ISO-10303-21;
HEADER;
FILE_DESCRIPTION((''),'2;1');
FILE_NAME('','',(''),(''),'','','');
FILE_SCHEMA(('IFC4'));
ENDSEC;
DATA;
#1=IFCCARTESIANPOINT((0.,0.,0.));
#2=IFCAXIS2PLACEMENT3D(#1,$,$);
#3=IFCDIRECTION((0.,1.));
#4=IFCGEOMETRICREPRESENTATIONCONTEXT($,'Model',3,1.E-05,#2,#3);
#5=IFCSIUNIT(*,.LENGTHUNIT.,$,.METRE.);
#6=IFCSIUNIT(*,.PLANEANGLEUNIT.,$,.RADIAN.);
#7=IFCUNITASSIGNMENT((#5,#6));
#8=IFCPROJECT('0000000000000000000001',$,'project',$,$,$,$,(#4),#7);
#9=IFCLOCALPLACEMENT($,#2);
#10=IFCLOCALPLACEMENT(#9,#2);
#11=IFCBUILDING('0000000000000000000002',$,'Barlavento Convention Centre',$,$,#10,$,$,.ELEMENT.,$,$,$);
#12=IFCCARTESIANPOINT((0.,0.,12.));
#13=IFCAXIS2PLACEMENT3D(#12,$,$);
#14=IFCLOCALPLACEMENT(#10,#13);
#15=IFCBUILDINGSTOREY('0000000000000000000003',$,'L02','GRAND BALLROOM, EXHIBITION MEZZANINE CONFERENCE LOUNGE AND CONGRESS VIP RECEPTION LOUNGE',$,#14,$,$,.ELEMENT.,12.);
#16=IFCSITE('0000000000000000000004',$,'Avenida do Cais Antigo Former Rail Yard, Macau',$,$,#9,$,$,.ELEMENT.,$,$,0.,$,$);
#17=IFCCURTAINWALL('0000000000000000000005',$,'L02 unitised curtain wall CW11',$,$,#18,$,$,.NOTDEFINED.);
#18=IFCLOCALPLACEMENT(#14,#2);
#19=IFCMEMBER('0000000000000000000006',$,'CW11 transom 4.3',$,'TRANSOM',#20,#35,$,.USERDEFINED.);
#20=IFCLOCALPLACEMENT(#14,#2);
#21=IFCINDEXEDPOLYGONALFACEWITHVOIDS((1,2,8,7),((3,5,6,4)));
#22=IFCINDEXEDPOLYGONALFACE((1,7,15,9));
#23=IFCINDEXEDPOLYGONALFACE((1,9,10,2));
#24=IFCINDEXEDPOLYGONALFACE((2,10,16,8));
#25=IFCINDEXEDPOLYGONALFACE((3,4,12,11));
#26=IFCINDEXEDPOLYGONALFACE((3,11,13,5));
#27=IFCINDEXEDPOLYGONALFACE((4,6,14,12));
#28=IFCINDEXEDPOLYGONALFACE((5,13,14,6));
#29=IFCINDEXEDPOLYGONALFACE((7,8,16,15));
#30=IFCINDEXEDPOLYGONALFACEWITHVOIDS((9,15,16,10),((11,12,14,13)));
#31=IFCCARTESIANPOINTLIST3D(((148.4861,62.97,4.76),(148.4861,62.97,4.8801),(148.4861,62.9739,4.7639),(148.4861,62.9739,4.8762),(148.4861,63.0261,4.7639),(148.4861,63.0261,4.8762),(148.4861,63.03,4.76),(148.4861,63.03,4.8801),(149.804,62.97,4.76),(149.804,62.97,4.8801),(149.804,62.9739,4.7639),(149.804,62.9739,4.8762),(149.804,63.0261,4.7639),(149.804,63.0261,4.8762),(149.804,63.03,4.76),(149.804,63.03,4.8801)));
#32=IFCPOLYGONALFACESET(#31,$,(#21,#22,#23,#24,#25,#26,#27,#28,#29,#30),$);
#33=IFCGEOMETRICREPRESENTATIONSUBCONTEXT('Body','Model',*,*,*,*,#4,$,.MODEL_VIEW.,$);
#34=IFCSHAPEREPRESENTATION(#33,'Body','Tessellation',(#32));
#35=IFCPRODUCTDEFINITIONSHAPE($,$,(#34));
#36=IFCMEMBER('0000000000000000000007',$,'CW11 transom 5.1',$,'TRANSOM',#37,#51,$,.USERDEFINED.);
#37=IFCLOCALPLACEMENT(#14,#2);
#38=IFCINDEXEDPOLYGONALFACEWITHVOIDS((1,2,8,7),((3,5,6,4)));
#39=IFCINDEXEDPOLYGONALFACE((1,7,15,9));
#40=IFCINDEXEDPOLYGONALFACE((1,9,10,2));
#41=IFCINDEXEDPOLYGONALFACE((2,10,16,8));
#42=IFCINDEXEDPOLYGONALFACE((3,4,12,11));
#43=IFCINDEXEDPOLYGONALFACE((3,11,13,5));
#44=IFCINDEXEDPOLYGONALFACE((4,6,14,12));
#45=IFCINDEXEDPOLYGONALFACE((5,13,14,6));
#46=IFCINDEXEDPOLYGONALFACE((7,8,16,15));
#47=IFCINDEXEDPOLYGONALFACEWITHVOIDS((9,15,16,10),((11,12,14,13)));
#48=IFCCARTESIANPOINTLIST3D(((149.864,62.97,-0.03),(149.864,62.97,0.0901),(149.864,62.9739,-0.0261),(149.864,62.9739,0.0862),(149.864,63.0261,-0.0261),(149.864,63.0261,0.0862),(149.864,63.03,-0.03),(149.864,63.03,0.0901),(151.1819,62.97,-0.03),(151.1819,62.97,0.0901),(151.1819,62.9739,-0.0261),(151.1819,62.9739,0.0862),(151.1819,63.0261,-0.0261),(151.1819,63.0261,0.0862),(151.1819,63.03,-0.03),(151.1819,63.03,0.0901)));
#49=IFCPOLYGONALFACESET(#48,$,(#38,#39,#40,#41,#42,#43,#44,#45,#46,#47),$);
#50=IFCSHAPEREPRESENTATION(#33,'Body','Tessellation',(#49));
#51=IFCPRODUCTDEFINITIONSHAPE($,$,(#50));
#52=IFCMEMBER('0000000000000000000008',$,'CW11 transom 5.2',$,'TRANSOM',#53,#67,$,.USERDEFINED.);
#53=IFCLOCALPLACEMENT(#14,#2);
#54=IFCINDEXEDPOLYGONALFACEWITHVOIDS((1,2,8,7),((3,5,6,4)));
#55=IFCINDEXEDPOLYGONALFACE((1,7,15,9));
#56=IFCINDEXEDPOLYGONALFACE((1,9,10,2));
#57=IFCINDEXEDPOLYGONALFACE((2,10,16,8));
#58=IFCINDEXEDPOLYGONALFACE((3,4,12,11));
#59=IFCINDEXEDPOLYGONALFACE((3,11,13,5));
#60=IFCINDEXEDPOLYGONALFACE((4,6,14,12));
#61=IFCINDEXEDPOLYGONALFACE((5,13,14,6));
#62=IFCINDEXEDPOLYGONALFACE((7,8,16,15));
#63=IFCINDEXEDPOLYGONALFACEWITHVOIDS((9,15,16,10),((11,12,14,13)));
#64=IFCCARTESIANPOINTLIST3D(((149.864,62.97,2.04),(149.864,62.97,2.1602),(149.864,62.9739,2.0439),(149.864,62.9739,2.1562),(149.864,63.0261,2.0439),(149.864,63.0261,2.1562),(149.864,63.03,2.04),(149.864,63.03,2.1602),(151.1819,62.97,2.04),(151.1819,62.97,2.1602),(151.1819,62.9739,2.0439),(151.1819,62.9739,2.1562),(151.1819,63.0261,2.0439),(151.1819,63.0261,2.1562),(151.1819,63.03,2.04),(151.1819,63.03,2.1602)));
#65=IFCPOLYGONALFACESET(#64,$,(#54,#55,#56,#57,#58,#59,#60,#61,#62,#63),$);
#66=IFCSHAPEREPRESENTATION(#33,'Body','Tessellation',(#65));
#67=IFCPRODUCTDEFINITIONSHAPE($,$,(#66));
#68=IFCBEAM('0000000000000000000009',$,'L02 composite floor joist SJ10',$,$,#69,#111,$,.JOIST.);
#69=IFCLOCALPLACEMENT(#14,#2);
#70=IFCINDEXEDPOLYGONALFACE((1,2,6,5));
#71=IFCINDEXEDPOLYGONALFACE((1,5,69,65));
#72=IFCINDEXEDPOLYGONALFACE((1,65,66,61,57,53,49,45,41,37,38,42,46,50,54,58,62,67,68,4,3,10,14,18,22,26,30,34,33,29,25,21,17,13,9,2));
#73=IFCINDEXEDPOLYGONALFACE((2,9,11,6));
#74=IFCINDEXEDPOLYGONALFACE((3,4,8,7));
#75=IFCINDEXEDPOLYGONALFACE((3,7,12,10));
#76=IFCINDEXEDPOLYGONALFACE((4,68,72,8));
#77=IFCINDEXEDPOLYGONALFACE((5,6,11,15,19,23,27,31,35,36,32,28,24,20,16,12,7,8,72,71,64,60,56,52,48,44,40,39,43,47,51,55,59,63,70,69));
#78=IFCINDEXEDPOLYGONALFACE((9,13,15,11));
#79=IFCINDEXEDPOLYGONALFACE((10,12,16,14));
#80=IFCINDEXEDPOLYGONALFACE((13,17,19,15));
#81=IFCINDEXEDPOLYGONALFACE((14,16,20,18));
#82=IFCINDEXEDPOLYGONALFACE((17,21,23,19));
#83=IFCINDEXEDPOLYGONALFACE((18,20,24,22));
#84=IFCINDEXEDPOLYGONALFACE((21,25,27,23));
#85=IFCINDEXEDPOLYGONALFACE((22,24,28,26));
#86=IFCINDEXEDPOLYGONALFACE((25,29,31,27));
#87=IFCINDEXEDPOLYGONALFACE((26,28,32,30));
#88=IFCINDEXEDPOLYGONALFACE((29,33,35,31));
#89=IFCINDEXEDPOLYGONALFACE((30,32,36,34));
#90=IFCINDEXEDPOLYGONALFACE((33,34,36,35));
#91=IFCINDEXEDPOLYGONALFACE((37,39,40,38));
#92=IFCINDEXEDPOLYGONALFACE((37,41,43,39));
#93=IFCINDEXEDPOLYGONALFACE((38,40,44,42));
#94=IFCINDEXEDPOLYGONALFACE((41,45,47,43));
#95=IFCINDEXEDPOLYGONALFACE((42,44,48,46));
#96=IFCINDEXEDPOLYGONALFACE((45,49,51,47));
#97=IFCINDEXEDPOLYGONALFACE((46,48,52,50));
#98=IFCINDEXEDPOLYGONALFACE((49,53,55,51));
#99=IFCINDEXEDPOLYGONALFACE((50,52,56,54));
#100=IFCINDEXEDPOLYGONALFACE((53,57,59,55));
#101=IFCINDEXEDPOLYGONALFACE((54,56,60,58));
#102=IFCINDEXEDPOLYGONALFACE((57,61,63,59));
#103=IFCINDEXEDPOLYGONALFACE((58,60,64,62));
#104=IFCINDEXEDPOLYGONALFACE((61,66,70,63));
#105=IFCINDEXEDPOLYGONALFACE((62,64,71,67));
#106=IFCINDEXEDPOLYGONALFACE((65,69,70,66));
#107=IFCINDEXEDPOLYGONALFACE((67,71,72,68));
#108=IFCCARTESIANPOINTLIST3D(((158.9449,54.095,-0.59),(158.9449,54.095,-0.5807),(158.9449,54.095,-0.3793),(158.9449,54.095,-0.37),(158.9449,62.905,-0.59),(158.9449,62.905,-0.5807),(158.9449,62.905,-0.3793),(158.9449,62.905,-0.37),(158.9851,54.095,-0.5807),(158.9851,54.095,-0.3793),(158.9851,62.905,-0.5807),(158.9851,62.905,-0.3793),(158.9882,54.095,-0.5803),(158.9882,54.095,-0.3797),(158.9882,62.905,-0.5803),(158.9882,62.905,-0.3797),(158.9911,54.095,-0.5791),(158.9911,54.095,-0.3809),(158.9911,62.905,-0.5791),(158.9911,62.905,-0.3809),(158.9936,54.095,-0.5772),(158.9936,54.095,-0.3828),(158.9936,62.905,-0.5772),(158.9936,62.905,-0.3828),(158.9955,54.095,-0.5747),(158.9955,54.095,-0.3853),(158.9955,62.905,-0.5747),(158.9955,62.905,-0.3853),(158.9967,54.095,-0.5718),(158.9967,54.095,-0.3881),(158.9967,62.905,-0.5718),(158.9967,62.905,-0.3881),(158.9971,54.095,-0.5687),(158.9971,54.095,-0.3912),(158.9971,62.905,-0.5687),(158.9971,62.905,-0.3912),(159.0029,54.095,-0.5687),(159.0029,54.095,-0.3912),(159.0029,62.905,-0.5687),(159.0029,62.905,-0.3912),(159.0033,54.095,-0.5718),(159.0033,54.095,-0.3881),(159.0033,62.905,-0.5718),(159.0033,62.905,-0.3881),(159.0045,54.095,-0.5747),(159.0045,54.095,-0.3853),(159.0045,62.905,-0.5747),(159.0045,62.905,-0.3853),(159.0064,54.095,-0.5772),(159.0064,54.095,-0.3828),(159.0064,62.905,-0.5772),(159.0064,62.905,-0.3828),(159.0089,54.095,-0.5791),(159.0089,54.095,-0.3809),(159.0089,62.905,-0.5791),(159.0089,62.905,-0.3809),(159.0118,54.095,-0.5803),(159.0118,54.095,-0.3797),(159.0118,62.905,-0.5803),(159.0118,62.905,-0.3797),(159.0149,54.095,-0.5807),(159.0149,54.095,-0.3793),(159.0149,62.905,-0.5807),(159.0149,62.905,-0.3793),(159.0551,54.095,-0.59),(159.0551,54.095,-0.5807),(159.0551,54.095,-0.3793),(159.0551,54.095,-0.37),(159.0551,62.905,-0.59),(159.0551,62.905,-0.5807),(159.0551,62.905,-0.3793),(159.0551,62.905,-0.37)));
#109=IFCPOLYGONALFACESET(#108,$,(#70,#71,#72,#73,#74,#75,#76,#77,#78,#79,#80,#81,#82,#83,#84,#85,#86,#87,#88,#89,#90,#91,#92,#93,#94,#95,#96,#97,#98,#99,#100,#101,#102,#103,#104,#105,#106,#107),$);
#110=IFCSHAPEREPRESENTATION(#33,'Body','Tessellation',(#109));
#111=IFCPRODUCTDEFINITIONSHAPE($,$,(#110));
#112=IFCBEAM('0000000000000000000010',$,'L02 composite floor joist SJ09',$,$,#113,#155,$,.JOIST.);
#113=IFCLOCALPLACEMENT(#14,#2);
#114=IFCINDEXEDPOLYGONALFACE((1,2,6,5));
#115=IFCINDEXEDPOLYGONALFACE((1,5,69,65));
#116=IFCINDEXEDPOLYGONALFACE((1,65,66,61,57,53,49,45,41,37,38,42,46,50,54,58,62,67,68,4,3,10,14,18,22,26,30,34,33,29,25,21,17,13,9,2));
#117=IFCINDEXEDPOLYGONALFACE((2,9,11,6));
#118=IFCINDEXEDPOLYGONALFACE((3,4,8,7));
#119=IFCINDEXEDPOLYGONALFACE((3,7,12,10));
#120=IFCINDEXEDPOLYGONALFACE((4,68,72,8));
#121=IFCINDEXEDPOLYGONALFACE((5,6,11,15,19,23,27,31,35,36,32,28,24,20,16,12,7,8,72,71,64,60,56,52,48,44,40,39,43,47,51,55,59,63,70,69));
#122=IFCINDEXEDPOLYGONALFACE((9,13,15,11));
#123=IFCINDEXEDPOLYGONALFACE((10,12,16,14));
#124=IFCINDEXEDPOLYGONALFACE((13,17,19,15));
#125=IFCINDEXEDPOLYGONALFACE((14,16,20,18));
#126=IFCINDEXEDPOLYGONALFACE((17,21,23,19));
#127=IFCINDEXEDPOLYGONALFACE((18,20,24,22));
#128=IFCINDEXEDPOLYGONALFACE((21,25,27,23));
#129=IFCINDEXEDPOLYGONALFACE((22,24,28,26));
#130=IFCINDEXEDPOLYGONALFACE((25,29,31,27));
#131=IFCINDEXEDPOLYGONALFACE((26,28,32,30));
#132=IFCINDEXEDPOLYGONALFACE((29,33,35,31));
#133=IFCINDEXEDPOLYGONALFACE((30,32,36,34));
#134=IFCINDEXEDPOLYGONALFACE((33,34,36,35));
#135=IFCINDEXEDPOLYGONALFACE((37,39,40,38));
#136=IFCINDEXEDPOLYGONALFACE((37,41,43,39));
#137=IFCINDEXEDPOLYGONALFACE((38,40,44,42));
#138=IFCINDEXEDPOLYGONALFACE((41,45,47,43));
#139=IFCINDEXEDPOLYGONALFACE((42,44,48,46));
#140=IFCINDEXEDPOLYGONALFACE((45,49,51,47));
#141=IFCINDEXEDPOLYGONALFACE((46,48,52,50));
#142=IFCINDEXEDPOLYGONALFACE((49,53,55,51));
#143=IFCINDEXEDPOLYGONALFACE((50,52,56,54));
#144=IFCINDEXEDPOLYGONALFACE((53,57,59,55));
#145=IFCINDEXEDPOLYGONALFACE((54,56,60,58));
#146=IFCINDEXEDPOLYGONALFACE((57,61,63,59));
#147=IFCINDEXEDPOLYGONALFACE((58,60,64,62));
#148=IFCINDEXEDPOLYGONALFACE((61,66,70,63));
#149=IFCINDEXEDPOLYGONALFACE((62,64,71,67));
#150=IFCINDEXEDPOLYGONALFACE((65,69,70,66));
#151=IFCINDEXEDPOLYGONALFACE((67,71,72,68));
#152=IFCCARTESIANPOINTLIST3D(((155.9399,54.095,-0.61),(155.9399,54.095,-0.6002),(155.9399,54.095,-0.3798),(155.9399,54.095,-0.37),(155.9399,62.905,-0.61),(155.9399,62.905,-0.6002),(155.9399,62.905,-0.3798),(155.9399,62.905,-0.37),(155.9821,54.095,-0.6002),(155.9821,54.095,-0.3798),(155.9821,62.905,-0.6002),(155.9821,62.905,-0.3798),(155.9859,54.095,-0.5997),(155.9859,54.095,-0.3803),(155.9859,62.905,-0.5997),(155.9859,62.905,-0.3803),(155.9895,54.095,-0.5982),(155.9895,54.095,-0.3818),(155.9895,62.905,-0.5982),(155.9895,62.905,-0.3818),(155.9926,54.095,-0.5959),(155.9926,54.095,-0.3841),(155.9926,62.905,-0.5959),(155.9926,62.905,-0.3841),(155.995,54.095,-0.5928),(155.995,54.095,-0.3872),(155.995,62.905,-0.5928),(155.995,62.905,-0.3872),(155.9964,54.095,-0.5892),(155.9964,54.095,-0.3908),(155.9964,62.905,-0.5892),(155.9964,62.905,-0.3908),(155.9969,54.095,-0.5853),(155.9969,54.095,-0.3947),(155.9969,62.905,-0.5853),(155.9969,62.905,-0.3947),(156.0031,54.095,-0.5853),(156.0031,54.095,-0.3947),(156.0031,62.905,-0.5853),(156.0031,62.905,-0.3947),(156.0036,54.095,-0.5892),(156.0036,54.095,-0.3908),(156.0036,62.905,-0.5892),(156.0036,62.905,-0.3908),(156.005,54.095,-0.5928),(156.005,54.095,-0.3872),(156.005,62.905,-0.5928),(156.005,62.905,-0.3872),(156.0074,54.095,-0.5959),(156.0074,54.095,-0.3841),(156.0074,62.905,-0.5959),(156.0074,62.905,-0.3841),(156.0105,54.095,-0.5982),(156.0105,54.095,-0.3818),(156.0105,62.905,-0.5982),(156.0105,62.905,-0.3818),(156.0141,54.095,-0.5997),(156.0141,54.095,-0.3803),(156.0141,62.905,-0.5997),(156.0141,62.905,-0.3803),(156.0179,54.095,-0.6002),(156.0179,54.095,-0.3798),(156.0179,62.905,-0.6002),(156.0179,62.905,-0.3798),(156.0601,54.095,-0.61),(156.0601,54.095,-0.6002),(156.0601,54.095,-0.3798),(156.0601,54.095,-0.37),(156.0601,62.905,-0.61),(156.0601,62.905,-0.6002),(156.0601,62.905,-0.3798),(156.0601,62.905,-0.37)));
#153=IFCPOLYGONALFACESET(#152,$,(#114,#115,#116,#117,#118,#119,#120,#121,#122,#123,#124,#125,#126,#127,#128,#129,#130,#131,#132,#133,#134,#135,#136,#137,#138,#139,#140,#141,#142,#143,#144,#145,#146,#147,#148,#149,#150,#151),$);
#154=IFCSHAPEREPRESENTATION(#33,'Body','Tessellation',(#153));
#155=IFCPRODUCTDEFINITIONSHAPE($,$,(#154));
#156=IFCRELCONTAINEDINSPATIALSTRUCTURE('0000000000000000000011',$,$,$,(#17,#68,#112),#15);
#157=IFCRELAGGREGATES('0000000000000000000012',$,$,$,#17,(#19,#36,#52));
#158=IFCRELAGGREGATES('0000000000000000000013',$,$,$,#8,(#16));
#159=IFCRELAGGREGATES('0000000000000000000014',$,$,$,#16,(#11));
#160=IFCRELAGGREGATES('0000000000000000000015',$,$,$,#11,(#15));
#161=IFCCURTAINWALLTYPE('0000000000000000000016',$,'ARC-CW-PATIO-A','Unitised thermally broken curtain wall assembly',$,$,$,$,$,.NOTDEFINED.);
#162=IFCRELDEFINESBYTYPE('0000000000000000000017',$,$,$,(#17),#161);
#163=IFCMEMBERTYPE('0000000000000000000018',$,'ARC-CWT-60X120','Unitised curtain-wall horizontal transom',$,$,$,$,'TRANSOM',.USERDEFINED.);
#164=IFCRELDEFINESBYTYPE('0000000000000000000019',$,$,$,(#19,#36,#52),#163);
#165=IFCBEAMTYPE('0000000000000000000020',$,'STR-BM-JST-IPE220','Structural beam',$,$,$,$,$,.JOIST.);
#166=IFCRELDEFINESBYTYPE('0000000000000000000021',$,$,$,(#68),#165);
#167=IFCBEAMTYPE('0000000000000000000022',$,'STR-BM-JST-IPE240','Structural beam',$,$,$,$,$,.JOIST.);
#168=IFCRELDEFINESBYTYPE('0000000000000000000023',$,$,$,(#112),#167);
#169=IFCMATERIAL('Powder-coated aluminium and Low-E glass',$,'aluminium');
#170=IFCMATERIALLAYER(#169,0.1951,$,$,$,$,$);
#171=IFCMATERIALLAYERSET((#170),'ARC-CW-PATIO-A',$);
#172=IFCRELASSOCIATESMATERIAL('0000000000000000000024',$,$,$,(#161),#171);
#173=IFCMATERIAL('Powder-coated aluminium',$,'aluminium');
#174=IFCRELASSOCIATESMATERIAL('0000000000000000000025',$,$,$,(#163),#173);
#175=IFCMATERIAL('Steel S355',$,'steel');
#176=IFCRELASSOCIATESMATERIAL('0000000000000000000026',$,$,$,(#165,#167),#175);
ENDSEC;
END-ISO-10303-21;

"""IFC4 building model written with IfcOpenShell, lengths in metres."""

from ifc_helpers import new_model, si_unit, direction, frame, origin, origin_2d, place, context, subcontext, project, spatial, hollow_rectangle, i_section, extrude, material, layer, layer_set, material_profile, profile_set, type_object, element, aggregate, save


model = new_model("IFC4")

# Units and contexts
model_context = context("Model", 3, precision=1e-05, world=origin(), true_north=direction((0.0, 1.0)))
body_context = subcontext(model_context, "Body", "Model", "MODEL_VIEW")
ifc_project = project(units=[si_unit("LENGTHUNIT", "METRE"), si_unit("PLANEANGLEUNIT", "RADIAN")], contexts=[model_context])

# Site, building, storey
site_placement = place(None, origin())
site = spatial("IfcSite", under=ifc_project, at=site_placement, Name="Avenida do Cais Antigo Former Rail Yard, Macau", CompositionType="ELEMENT", RefElevation=0.0)
building_placement = place(site_placement, origin())
building = spatial("IfcBuilding", under=site, at=building_placement, Name="Barlavento Convention Centre", CompositionType="ELEMENT")
storey_placement = place(building_placement, frame((0.0, 0.0, 12.0)))
storey = spatial("IfcBuildingStorey", under=building, at=storey_placement, Name="L02", Description="GRAND BALLROOM, EXHIBITION MEZZANINE CONFERENCE LOUNGE AND CONGRESS VIP RECEPTION LOUNGE", CompositionType="ELEMENT", Elevation=12.0)

# Shared definitions
ifc_material_1 = material(Name="Steel S355", Category="steel")

# Curtain wall, members
ifc_material_2 = material(Name="Powder-coated aluminium and Low-E glass", Category="aluminium")
ifc_layer_1 = layer(ifc_material_2, 0.1951)
ifc_layer_set_1 = layer_set([ifc_layer_1], Name="ARC-CW-PATIO-A")
curtain_wall_type = type_object("IfcCurtainWallType", Name="ARC-CW-PATIO-A", Description="Unitised thermally broken curtain wall assembly", PredefinedType="NOTDEFINED", material=ifc_layer_set_1)
curtain_wall_placement = place(storey_placement, origin())
curtain_wall = element("IfcCurtainWall", 1, at=curtain_wall_placement, inside=storey, type_object=curtain_wall_type, Name="L02 unitised curtain wall CW11", PredefinedType="NOTDEFINED")
ifc_material_3 = material(Name="Powder-coated aluminium", Category="aluminium")
ifc_material_profile_1 = material_profile(ifc_material_3, hollow_rectangle(XDim=0.0601, YDim=0.1201, WallThickness=0.0039, at=origin_2d()), Name="AL-TRAN 60x120x4")
ifc_profile_set_1 = profile_set([ifc_material_profile_1], Name="Powder-coated aluminium")
member_type_1 = type_object("IfcMemberType", Name="ARC-CWT-60X120", Description="Unitised curtain-wall horizontal transom", ElementType="TRANSOM", PredefinedType="USERDEFINED", material=ifc_profile_set_1)
member_1_placement = place(storey_placement, frame((148.4861, 63.0, 4.8201), z_axis=(1.0, 0.0, 0.0), x_axis=(0.0, 1.0, 0.0)))
member_1 = element("IfcMember", 2, at=member_1_placement, type_object=member_type_1, Name="CW11 transom 4.3", ObjectType="TRANSOM", PredefinedType="USERDEFINED", context=body_context, shape_type="SweptSolid", body=[
    extrude(hollow_rectangle(XDim=0.0601, YDim=0.1201, WallThickness=0.0039, at=origin_2d()), origin(), (0.0, 0.0, 1.0), 1.3179),
])
member_2_placement = place(storey_placement, frame((149.864, 63.0, 0.03), z_axis=(1.0, 0.0, 0.0), x_axis=(0.0, 1.0, 0.0)))
member_2 = element("IfcMember", 3, at=member_2_placement, type_object=member_type_1, Name="CW11 transom 5.1", ObjectType="TRANSOM", PredefinedType="USERDEFINED", context=body_context, shape_type="SweptSolid", body=[
    extrude(hollow_rectangle(XDim=0.0601, YDim=0.1201, WallThickness=0.0039, at=origin_2d()), origin(), (0.0, 0.0, 1.0), 1.3179),
])
member_3_placement = place(storey_placement, frame((149.864, 63.0, 2.1001), z_axis=(1.0, 0.0, 0.0), x_axis=(0.0, 1.0, 0.0)))
member_3 = element("IfcMember", 4, at=member_3_placement, type_object=member_type_1, Name="CW11 transom 5.2", ObjectType="TRANSOM", PredefinedType="USERDEFINED", context=body_context, shape_type="SweptSolid", body=[
    extrude(hollow_rectangle(XDim=0.0601, YDim=0.1201, WallThickness=0.0039, at=origin_2d()), origin(), (0.0, 0.0, 1.0), 1.3179),
])

# Beams
ifc_material_profile_2 = material_profile(ifc_material_1, i_section(OverallWidth=0.1101, OverallDepth=0.22, WebThickness=0.0059, FlangeThickness=0.0093, FilletRadius=0.012, at=origin_2d()), Name="IPE 220")
ifc_profile_set_2 = profile_set([ifc_material_profile_2], Name="Steel S355")
beam_type_1 = type_object("IfcBeamType", Name="STR-BM-JST-IPE220", Description="Structural beam", PredefinedType="JOIST", material=ifc_profile_set_2)
beam_1_placement = place(storey_placement, frame((159.0, 54.095, -0.48), z_axis=(0.0, 1.0, 0.0), x_axis=(-1.0, 0.0, 0.0)))
element("IfcBeam", 5, at=beam_1_placement, inside=storey, type_object=beam_type_1, Name="L02 composite floor joist SJ10", PredefinedType="JOIST", context=body_context, shape_type="SweptSolid", body=[
    extrude(i_section(OverallWidth=0.1101, OverallDepth=0.22, WebThickness=0.0059, FlangeThickness=0.0093, FilletRadius=0.012, at=origin_2d()), origin(), (0.0, 0.0, 1.0), 8.8101),
])
ifc_material_profile_3 = material_profile(ifc_material_1, i_section(OverallWidth=0.1201, OverallDepth=0.24, WebThickness=0.0061, FlangeThickness=0.0098, FilletRadius=0.0149, at=origin_2d()), Name="IPE 240")
ifc_profile_set_3 = profile_set([ifc_material_profile_3], Name="Steel S355")
beam_type_2 = type_object("IfcBeamType", Name="STR-BM-JST-IPE240", Description="Structural beam", PredefinedType="JOIST", material=ifc_profile_set_3)
beam_2_placement = place(storey_placement, frame((156.0, 54.095, -0.49), z_axis=(0.0, 1.0, 0.0), x_axis=(-1.0, 0.0, 0.0)))
element("IfcBeam", 6, at=beam_2_placement, inside=storey, type_object=beam_type_2, Name="L02 composite floor joist SJ09", PredefinedType="JOIST", context=body_context, shape_type="SweptSolid", body=[
    extrude(i_section(OverallWidth=0.1201, OverallDepth=0.24, WebThickness=0.0061, FlangeThickness=0.0098, FilletRadius=0.0149, at=origin_2d()), origin(), (0.0, 0.0, 1.0), 8.8101),
])

aggregate(curtain_wall, [member_1, member_2, member_3])

save(model, "model.ifc")
